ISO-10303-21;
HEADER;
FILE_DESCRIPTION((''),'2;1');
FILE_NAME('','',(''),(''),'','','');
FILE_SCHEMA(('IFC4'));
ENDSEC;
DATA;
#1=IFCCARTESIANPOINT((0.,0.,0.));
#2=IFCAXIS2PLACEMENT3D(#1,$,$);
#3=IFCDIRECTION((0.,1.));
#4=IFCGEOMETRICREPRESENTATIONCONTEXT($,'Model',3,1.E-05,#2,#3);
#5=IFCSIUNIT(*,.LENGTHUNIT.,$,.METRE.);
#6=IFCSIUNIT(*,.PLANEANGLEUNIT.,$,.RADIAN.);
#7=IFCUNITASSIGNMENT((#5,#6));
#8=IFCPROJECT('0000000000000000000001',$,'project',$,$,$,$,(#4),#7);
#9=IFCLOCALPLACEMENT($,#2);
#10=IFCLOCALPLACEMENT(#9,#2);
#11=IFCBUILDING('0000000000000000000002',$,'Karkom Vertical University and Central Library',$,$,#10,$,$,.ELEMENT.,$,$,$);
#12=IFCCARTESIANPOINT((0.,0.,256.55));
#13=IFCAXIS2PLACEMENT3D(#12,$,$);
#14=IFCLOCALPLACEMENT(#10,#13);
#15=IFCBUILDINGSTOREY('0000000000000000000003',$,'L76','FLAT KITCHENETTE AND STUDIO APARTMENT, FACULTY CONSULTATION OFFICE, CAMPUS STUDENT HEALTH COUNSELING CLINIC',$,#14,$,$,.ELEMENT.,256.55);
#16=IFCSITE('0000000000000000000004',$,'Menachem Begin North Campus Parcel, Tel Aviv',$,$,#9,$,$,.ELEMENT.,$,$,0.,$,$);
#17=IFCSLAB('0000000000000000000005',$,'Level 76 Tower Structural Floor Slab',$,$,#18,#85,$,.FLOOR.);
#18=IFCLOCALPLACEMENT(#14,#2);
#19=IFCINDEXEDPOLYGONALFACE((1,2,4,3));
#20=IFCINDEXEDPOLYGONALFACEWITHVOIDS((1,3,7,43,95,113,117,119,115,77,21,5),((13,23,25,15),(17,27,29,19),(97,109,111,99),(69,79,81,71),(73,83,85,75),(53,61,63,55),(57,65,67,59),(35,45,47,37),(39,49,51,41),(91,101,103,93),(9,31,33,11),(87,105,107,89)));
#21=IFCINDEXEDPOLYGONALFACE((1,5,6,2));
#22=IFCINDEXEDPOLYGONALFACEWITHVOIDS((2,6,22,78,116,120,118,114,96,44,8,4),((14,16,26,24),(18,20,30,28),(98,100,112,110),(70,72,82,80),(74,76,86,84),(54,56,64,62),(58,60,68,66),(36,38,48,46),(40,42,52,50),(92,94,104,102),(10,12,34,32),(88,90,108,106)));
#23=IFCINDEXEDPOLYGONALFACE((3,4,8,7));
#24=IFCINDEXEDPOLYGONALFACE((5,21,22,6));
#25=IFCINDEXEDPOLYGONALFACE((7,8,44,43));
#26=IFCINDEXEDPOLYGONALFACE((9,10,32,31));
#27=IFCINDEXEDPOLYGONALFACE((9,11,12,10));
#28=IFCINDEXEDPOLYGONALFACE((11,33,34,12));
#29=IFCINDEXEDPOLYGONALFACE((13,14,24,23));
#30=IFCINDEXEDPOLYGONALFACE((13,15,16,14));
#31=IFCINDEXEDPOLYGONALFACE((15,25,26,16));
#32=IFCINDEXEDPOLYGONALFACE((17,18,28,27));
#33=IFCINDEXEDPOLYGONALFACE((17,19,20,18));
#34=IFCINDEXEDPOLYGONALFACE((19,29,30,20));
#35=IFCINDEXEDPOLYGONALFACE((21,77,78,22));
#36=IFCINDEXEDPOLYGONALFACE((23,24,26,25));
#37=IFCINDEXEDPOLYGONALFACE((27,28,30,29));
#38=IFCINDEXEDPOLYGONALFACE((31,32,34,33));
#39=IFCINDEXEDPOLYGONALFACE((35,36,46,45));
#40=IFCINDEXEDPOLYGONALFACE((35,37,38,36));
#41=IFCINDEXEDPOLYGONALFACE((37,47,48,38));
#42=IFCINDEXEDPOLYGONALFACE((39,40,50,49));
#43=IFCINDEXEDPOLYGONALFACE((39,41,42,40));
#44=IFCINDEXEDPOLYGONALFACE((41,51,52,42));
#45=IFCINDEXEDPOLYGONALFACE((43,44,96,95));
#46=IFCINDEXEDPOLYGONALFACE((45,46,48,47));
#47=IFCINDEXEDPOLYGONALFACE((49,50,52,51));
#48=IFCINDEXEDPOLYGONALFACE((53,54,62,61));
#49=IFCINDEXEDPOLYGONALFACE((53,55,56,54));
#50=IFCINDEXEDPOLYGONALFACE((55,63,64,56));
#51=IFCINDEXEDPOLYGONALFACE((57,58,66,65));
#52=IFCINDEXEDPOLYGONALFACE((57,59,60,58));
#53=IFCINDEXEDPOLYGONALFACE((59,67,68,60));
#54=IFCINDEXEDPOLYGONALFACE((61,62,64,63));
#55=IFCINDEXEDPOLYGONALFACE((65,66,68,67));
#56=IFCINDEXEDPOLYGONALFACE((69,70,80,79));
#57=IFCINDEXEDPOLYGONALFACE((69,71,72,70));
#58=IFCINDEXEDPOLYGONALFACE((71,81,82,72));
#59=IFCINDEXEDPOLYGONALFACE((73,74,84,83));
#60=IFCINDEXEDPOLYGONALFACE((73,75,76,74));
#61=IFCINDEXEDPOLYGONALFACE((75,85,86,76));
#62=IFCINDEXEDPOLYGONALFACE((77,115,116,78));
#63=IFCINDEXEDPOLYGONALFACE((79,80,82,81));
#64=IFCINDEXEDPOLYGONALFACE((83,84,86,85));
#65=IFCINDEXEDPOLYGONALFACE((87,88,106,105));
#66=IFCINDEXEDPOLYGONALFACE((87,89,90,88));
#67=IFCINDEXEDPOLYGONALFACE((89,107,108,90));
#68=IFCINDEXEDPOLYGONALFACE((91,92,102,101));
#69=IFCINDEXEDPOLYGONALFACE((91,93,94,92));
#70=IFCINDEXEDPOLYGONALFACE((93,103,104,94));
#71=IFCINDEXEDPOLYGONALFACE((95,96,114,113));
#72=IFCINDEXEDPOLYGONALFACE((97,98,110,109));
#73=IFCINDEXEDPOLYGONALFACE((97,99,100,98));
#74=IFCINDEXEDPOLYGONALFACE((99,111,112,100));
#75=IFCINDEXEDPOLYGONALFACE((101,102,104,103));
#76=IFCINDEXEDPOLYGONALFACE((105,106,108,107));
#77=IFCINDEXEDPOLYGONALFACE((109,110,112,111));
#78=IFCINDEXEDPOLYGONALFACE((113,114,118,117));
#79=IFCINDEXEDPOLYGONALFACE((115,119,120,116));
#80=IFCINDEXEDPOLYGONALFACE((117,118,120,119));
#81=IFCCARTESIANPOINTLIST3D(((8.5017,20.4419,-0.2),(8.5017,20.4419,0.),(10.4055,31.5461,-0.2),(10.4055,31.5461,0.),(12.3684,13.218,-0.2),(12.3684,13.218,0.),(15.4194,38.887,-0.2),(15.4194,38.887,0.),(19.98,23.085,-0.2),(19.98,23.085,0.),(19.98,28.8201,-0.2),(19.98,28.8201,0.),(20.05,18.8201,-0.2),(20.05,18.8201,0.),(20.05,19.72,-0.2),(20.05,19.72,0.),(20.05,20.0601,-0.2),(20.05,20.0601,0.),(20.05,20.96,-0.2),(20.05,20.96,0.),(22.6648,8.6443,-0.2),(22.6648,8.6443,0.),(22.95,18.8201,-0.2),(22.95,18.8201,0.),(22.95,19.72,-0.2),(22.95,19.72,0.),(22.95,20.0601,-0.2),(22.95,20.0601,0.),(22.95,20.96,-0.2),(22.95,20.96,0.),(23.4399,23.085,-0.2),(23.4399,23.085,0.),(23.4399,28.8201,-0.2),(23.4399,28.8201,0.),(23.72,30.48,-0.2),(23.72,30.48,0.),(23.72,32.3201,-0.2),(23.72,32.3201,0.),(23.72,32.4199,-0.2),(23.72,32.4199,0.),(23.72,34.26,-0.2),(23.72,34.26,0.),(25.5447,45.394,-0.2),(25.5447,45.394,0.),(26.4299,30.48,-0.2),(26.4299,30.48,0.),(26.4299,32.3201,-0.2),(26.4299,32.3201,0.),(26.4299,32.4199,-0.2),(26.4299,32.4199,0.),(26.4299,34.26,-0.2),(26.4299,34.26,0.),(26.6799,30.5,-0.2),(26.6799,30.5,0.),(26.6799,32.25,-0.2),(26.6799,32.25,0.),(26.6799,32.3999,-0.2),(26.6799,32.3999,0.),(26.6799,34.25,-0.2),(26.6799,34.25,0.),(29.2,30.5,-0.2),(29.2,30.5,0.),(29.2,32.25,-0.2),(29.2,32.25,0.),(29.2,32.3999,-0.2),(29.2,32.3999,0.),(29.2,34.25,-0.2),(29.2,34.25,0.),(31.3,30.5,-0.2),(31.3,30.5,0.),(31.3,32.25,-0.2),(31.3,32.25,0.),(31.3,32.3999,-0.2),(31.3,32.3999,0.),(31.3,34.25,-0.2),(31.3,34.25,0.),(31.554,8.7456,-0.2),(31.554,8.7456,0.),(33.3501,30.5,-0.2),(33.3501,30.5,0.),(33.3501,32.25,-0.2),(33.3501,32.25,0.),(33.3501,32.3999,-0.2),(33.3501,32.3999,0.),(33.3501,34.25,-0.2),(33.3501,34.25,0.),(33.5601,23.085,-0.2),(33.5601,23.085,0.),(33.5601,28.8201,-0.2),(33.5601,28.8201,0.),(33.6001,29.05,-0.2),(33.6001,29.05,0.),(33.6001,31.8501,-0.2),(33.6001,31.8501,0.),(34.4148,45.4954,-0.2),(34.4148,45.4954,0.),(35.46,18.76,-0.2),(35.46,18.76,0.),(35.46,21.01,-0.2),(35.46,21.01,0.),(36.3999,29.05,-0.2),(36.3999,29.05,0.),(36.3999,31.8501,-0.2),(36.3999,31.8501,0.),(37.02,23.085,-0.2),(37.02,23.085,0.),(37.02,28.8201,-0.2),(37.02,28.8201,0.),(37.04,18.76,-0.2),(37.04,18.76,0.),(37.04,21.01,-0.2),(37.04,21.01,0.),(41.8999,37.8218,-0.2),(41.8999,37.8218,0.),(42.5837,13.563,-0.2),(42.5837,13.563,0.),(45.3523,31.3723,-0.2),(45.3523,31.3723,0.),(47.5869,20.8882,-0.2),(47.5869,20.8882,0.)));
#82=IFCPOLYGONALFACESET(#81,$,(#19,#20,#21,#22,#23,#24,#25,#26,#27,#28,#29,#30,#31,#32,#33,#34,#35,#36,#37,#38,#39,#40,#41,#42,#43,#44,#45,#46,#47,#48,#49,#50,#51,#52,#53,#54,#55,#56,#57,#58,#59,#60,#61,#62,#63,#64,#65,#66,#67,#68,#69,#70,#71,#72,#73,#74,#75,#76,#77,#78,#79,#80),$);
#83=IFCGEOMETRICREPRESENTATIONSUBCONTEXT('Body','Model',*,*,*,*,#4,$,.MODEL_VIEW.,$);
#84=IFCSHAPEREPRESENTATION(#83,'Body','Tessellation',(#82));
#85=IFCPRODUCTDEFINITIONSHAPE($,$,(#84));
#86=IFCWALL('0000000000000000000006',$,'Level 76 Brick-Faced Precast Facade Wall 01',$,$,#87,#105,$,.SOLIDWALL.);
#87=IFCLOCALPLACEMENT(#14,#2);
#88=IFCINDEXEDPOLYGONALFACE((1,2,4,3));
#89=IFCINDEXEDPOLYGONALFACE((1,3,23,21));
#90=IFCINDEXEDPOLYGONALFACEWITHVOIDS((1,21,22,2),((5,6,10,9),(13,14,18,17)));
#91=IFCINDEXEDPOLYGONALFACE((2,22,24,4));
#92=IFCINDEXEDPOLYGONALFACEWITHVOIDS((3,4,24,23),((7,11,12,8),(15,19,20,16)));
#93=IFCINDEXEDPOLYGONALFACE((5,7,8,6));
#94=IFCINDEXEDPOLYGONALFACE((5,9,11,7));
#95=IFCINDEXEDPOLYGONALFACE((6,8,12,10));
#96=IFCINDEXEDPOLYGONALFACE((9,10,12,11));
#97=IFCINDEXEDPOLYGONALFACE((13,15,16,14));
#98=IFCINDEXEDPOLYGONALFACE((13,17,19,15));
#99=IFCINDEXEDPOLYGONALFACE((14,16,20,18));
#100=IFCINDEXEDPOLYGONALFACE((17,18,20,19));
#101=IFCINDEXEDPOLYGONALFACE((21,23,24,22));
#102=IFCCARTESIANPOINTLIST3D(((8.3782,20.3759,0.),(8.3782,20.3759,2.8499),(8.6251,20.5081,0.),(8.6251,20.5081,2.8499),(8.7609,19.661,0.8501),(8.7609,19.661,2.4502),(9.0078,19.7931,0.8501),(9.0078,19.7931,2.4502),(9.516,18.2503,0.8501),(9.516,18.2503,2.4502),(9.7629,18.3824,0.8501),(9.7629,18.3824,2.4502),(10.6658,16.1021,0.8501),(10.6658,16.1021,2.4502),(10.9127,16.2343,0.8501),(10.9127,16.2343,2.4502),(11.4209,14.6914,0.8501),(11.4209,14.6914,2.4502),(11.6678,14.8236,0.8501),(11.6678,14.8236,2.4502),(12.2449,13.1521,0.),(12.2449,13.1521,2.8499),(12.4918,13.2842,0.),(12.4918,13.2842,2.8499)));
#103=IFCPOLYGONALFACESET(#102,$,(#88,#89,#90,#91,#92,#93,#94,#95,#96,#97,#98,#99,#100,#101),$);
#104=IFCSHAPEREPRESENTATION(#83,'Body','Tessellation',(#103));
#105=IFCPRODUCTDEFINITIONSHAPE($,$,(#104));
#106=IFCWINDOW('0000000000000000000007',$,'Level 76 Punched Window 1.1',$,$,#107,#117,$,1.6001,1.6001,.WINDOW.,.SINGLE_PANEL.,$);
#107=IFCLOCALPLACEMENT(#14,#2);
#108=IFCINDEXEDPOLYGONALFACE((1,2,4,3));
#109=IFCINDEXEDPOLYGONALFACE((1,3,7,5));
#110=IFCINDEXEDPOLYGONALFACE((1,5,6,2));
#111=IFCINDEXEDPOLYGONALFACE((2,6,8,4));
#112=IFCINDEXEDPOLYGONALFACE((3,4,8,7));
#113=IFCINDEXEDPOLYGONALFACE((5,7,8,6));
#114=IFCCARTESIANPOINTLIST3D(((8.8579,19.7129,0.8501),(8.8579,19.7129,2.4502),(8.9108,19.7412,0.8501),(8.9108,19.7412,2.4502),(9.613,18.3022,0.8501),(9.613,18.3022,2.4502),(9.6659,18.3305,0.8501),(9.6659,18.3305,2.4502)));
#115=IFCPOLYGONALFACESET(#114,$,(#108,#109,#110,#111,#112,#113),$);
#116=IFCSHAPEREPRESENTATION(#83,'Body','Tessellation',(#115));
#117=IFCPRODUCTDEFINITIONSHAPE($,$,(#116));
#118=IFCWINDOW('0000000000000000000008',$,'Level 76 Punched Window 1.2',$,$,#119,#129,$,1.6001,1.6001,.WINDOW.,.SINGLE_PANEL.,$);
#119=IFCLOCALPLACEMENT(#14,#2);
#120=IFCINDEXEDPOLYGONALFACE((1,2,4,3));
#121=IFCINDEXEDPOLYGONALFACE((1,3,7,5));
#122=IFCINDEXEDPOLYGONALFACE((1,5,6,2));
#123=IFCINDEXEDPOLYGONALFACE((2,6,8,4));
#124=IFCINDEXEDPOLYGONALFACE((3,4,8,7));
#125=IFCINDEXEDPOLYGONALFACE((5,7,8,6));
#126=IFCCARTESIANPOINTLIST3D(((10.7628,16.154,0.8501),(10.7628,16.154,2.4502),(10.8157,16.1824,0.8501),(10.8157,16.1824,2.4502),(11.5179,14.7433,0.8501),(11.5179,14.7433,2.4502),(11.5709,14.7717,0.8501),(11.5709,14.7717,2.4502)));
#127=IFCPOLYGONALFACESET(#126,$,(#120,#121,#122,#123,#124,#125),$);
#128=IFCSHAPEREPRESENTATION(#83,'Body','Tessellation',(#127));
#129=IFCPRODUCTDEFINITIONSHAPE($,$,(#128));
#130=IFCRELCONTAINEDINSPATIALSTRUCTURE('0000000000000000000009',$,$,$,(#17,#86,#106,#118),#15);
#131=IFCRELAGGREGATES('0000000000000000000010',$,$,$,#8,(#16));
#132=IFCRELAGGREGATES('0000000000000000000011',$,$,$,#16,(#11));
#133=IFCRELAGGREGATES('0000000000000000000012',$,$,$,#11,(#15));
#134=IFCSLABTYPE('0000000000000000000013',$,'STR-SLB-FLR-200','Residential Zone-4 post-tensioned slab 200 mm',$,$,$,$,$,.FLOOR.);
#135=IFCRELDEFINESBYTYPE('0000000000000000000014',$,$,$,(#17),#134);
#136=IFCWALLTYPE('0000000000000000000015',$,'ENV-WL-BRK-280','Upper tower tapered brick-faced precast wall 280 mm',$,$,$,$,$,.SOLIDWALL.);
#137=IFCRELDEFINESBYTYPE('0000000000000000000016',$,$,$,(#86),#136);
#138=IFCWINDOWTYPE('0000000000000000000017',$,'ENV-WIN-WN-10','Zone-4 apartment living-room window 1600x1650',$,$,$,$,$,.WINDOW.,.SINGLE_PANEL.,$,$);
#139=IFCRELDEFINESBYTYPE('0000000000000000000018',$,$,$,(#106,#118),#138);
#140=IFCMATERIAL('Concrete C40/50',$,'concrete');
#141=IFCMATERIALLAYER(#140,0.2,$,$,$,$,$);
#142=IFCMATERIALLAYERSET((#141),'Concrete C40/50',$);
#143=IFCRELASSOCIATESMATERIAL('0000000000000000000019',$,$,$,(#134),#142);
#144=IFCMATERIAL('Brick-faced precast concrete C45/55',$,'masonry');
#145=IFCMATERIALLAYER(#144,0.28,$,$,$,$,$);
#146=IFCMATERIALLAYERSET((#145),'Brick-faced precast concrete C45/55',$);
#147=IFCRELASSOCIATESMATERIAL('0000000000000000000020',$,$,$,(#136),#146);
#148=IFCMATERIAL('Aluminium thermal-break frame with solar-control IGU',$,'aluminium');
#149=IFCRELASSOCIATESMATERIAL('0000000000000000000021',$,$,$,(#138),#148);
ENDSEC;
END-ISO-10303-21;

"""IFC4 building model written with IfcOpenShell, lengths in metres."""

from ifc_helpers import new_model, si_unit, direction, frame, frame_2d, origin, origin_with_axes, place, context, subcontext, project, spatial, polyline, rectangle, outline, extrude, source, transform, mapped, material, layer, layer_set, type_object, element, fill, save


model = new_model("IFC4")

# Units and contexts
model_context = context("Model", 3, precision=1e-05, world=origin(), true_north=direction((0.0, 1.0)))
body_context = subcontext(model_context, "Body", "Model", "MODEL_VIEW")
ifc_project = project(units=[si_unit("LENGTHUNIT", "METRE"), si_unit("PLANEANGLEUNIT", "RADIAN")], contexts=[model_context])

# Site, building, storey
site_placement = place(None, origin())
site = spatial("IfcSite", under=ifc_project, at=site_placement, Name="Menachem Begin North Campus Parcel, Tel Aviv", CompositionType="ELEMENT", RefElevation=0.0)
building_placement = place(site_placement, origin())
building = spatial("IfcBuilding", under=site, at=building_placement, Name="Karkom Vertical University and Central Library", CompositionType="ELEMENT")
storey_placement = place(building_placement, frame((0.0, 0.0, 256.55)))
storey = spatial("IfcBuildingStorey", under=building, at=storey_placement, Name="L76", Description="FLAT KITCHENETTE AND STUDIO APARTMENT, FACULTY CONSULTATION OFFICE, CAMPUS STUDENT HEALTH COUNSELING CLINIC", CompositionType="ELEMENT", Elevation=256.55)

# Slab
ifc_material_1 = material(Name="Concrete C40/50", Category="concrete")
ifc_layer_1 = layer(ifc_material_1, 0.2)
ifc_layer_set_1 = layer_set([ifc_layer_1], Name="Concrete C40/50")
slab_type_1 = type_object("IfcSlabType", Name="STR-SLB-FLR-200", Description="Residential Zone-4 post-tensioned slab 200 mm", PredefinedType="FLOOR", material=ifc_layer_set_1)
slab_1_placement = place(storey_placement, frame((0.0, 0.0, -0.2)))
element("IfcSlab", 1, at=slab_1_placement, inside=storey, type_object=slab_type_1, Name="Level 76 Tower Structural Floor Slab", PredefinedType="FLOOR", context=body_context, shape_type="SweptSolid", body=[
    extrude(outline(polyline([(8.5017, 20.4419), (12.3684, 13.218), (22.6648, 8.6443), (31.554, 8.7456), (42.5837, 13.563), (47.5869, 20.8882), (45.3523, 31.3723), (41.8999, 37.8218), (34.4148, 45.4954), (25.5447, 45.394), (15.4194, 38.887), (10.4055, 31.5461), (8.5017, 20.4419)]), holes=[polyline([(19.98, 23.085), (23.4399, 23.085), (23.4399, 28.8201), (19.98, 28.8201), (19.98, 23.085)]), polyline([(33.5601, 23.085), (37.02, 23.085), (37.02, 28.8201), (33.5601, 28.8201), (33.5601, 23.085)]), polyline([(26.6799, 30.5), (29.2, 30.5), (29.2, 32.25), (26.6799, 32.25), (26.6799, 30.5)]), polyline([(26.6799, 32.3999), (29.2, 32.3999), (29.2, 34.25), (26.6799, 34.25), (26.6799, 32.3999)]), polyline([(31.3, 30.5), (33.3501, 30.5), (33.3501, 32.25), (31.3, 32.25), (31.3, 30.5)]), polyline([(31.3, 32.3999), (33.3501, 32.3999), (33.3501, 34.25), (31.3, 34.25), (31.3, 32.3999)]), polyline([(23.72, 30.48), (26.4299, 30.48), (26.4299, 32.3201), (23.72, 32.3201), (23.72, 30.48)]), polyline([(23.72, 32.4199), (26.4299, 32.4199), (26.4299, 34.26), (23.72, 34.26), (23.72, 32.4199)]), polyline([(33.6001, 29.05), (36.3999, 29.05), (36.3999, 31.8501), (33.6001, 31.8501), (33.6001, 29.05)]), polyline([(20.05, 18.8201), (22.95, 18.8201), (22.95, 19.72), (20.05, 19.72), (20.05, 18.8201)]), polyline([(20.05, 20.0601), (22.95, 20.0601), (22.95, 20.96), (20.05, 20.96), (20.05, 20.0601)]), polyline([(35.46, 18.76), (37.04, 18.76), (37.04, 21.01), (35.46, 21.01), (35.46, 18.76)])]), origin(), (0.0, 0.0, 1.0), 0.2),
])

# Wall, openings, windows
ifc_material_2 = material(Name="Brick-faced precast concrete C45/55", Category="masonry")
ifc_layer_2 = layer(ifc_material_2, 0.28)
ifc_layer_set_2 = layer_set([ifc_layer_2], Name="Brick-faced precast concrete C45/55")
wall_type_1 = type_object("IfcWallType", Name="ENV-WL-BRK-280", Description="Upper tower tapered brick-faced precast wall 280 mm", PredefinedType="SOLIDWALL", material=ifc_layer_set_2)
wall_1_placement = place(storey_placement, frame((8.5017, 20.4419, 0.0), z_axis=(0.0, 0.0, 1.0), x_axis=(0.471915, -0.881644, 0.0)))
wall_1 = element("IfcWall", 2, at=wall_1_placement, inside=storey, type_object=wall_type_1, Name="Level 76 Brick-Faced Precast Facade Wall 01", PredefinedType="SOLIDWALL", context=body_context, shape_type="SweptSolid", body=[
    extrude(rectangle(XDim=8.1936, YDim=0.28, at=frame_2d((4.0967, 0.0))), origin(), (0.0, 0.0, 1.0), 2.8499),
])
opening_1_placement = place(wall_1_placement, frame((0.8108, 0.0, 0.8501)))
opening_1 = element("IfcOpeningElement", 3, at=opening_1_placement, cuts=wall_1, PredefinedType="OPENING", context=body_context, shape_type="SweptSolid", body=[
    extrude(rectangle(XDim=1.6001, YDim=1.6001, at=frame_2d((0.8, 0.8))), frame((0.0, 0.1499, 0.0), z_axis=(0.0, -1.0, 0.0), x_axis=(1.0, 0.0, 0.0)), (0.0, 0.0, 1.0), 0.3),
])
opening_2_placement = place(wall_1_placement, frame((4.8474, 0.0, 0.8501)))
opening_2 = element("IfcOpeningElement", 4, at=opening_2_placement, cuts=wall_1, PredefinedType="OPENING", context=body_context, shape_type="SweptSolid", body=[
    extrude(rectangle(XDim=1.6001, YDim=1.6001, at=frame_2d((0.8, 0.8))), frame((0.0, 0.1499, 0.0), z_axis=(0.0, -1.0, 0.0), x_axis=(1.0, 0.0, 0.0)), (0.0, 0.0, 1.0), 0.3),
])
ifc_material_3 = material(Name="Aluminium thermal-break frame with solar-control IGU", Category="aluminium")
window_type = type_object("IfcWindowType", Name="ENV-WIN-WN-10", Description="Zone-4 apartment living-room window 1600x1650", PartitioningType="SINGLE_PANEL", PredefinedType="WINDOW", material=ifc_material_3)
shared_shape_1 = source(origin_with_axes(), body_context, "Body", "SweptSolid", [
    extrude(rectangle(XDim=1.6001, YDim=1.6001, at=frame_2d((0.8, 0.8))), frame((0.0, 0.03, 0.0), z_axis=(0.0, -1.0, 0.0), x_axis=(1.0, 0.0, 0.0)), (0.0, 0.0, 1.0), 0.0601),
])
window_1_placement = place(opening_1_placement, origin())
window_1 = element("IfcWindow", 5, at=window_1_placement, inside=storey, type_object=window_type, Name="Level 76 Punched Window 1.1", OverallHeight=1.6001, OverallWidth=1.6001, PartitioningType="SINGLE_PANEL", PredefinedType="WINDOW", context=body_context, shape_type="MappedRepresentation", body=[
    mapped(shared_shape_1, transform((0.0, 0.0, 0.0), scale=1.0)),
])
fill(opening_1, window_1)
window_2_placement = place(opening_2_placement, origin())
window_2 = element("IfcWindow", 6, at=window_2_placement, inside=storey, type_object=window_type, Name="Level 76 Punched Window 1.2", OverallHeight=1.6001, OverallWidth=1.6001, PartitioningType="SINGLE_PANEL", PredefinedType="WINDOW", context=body_context, shape_type="MappedRepresentation", body=[
    mapped(shared_shape_1, transform((0.0, 0.0, 0.0), scale=1.0)),
])
fill(opening_2, window_2)

save(model, "model.ifc")
